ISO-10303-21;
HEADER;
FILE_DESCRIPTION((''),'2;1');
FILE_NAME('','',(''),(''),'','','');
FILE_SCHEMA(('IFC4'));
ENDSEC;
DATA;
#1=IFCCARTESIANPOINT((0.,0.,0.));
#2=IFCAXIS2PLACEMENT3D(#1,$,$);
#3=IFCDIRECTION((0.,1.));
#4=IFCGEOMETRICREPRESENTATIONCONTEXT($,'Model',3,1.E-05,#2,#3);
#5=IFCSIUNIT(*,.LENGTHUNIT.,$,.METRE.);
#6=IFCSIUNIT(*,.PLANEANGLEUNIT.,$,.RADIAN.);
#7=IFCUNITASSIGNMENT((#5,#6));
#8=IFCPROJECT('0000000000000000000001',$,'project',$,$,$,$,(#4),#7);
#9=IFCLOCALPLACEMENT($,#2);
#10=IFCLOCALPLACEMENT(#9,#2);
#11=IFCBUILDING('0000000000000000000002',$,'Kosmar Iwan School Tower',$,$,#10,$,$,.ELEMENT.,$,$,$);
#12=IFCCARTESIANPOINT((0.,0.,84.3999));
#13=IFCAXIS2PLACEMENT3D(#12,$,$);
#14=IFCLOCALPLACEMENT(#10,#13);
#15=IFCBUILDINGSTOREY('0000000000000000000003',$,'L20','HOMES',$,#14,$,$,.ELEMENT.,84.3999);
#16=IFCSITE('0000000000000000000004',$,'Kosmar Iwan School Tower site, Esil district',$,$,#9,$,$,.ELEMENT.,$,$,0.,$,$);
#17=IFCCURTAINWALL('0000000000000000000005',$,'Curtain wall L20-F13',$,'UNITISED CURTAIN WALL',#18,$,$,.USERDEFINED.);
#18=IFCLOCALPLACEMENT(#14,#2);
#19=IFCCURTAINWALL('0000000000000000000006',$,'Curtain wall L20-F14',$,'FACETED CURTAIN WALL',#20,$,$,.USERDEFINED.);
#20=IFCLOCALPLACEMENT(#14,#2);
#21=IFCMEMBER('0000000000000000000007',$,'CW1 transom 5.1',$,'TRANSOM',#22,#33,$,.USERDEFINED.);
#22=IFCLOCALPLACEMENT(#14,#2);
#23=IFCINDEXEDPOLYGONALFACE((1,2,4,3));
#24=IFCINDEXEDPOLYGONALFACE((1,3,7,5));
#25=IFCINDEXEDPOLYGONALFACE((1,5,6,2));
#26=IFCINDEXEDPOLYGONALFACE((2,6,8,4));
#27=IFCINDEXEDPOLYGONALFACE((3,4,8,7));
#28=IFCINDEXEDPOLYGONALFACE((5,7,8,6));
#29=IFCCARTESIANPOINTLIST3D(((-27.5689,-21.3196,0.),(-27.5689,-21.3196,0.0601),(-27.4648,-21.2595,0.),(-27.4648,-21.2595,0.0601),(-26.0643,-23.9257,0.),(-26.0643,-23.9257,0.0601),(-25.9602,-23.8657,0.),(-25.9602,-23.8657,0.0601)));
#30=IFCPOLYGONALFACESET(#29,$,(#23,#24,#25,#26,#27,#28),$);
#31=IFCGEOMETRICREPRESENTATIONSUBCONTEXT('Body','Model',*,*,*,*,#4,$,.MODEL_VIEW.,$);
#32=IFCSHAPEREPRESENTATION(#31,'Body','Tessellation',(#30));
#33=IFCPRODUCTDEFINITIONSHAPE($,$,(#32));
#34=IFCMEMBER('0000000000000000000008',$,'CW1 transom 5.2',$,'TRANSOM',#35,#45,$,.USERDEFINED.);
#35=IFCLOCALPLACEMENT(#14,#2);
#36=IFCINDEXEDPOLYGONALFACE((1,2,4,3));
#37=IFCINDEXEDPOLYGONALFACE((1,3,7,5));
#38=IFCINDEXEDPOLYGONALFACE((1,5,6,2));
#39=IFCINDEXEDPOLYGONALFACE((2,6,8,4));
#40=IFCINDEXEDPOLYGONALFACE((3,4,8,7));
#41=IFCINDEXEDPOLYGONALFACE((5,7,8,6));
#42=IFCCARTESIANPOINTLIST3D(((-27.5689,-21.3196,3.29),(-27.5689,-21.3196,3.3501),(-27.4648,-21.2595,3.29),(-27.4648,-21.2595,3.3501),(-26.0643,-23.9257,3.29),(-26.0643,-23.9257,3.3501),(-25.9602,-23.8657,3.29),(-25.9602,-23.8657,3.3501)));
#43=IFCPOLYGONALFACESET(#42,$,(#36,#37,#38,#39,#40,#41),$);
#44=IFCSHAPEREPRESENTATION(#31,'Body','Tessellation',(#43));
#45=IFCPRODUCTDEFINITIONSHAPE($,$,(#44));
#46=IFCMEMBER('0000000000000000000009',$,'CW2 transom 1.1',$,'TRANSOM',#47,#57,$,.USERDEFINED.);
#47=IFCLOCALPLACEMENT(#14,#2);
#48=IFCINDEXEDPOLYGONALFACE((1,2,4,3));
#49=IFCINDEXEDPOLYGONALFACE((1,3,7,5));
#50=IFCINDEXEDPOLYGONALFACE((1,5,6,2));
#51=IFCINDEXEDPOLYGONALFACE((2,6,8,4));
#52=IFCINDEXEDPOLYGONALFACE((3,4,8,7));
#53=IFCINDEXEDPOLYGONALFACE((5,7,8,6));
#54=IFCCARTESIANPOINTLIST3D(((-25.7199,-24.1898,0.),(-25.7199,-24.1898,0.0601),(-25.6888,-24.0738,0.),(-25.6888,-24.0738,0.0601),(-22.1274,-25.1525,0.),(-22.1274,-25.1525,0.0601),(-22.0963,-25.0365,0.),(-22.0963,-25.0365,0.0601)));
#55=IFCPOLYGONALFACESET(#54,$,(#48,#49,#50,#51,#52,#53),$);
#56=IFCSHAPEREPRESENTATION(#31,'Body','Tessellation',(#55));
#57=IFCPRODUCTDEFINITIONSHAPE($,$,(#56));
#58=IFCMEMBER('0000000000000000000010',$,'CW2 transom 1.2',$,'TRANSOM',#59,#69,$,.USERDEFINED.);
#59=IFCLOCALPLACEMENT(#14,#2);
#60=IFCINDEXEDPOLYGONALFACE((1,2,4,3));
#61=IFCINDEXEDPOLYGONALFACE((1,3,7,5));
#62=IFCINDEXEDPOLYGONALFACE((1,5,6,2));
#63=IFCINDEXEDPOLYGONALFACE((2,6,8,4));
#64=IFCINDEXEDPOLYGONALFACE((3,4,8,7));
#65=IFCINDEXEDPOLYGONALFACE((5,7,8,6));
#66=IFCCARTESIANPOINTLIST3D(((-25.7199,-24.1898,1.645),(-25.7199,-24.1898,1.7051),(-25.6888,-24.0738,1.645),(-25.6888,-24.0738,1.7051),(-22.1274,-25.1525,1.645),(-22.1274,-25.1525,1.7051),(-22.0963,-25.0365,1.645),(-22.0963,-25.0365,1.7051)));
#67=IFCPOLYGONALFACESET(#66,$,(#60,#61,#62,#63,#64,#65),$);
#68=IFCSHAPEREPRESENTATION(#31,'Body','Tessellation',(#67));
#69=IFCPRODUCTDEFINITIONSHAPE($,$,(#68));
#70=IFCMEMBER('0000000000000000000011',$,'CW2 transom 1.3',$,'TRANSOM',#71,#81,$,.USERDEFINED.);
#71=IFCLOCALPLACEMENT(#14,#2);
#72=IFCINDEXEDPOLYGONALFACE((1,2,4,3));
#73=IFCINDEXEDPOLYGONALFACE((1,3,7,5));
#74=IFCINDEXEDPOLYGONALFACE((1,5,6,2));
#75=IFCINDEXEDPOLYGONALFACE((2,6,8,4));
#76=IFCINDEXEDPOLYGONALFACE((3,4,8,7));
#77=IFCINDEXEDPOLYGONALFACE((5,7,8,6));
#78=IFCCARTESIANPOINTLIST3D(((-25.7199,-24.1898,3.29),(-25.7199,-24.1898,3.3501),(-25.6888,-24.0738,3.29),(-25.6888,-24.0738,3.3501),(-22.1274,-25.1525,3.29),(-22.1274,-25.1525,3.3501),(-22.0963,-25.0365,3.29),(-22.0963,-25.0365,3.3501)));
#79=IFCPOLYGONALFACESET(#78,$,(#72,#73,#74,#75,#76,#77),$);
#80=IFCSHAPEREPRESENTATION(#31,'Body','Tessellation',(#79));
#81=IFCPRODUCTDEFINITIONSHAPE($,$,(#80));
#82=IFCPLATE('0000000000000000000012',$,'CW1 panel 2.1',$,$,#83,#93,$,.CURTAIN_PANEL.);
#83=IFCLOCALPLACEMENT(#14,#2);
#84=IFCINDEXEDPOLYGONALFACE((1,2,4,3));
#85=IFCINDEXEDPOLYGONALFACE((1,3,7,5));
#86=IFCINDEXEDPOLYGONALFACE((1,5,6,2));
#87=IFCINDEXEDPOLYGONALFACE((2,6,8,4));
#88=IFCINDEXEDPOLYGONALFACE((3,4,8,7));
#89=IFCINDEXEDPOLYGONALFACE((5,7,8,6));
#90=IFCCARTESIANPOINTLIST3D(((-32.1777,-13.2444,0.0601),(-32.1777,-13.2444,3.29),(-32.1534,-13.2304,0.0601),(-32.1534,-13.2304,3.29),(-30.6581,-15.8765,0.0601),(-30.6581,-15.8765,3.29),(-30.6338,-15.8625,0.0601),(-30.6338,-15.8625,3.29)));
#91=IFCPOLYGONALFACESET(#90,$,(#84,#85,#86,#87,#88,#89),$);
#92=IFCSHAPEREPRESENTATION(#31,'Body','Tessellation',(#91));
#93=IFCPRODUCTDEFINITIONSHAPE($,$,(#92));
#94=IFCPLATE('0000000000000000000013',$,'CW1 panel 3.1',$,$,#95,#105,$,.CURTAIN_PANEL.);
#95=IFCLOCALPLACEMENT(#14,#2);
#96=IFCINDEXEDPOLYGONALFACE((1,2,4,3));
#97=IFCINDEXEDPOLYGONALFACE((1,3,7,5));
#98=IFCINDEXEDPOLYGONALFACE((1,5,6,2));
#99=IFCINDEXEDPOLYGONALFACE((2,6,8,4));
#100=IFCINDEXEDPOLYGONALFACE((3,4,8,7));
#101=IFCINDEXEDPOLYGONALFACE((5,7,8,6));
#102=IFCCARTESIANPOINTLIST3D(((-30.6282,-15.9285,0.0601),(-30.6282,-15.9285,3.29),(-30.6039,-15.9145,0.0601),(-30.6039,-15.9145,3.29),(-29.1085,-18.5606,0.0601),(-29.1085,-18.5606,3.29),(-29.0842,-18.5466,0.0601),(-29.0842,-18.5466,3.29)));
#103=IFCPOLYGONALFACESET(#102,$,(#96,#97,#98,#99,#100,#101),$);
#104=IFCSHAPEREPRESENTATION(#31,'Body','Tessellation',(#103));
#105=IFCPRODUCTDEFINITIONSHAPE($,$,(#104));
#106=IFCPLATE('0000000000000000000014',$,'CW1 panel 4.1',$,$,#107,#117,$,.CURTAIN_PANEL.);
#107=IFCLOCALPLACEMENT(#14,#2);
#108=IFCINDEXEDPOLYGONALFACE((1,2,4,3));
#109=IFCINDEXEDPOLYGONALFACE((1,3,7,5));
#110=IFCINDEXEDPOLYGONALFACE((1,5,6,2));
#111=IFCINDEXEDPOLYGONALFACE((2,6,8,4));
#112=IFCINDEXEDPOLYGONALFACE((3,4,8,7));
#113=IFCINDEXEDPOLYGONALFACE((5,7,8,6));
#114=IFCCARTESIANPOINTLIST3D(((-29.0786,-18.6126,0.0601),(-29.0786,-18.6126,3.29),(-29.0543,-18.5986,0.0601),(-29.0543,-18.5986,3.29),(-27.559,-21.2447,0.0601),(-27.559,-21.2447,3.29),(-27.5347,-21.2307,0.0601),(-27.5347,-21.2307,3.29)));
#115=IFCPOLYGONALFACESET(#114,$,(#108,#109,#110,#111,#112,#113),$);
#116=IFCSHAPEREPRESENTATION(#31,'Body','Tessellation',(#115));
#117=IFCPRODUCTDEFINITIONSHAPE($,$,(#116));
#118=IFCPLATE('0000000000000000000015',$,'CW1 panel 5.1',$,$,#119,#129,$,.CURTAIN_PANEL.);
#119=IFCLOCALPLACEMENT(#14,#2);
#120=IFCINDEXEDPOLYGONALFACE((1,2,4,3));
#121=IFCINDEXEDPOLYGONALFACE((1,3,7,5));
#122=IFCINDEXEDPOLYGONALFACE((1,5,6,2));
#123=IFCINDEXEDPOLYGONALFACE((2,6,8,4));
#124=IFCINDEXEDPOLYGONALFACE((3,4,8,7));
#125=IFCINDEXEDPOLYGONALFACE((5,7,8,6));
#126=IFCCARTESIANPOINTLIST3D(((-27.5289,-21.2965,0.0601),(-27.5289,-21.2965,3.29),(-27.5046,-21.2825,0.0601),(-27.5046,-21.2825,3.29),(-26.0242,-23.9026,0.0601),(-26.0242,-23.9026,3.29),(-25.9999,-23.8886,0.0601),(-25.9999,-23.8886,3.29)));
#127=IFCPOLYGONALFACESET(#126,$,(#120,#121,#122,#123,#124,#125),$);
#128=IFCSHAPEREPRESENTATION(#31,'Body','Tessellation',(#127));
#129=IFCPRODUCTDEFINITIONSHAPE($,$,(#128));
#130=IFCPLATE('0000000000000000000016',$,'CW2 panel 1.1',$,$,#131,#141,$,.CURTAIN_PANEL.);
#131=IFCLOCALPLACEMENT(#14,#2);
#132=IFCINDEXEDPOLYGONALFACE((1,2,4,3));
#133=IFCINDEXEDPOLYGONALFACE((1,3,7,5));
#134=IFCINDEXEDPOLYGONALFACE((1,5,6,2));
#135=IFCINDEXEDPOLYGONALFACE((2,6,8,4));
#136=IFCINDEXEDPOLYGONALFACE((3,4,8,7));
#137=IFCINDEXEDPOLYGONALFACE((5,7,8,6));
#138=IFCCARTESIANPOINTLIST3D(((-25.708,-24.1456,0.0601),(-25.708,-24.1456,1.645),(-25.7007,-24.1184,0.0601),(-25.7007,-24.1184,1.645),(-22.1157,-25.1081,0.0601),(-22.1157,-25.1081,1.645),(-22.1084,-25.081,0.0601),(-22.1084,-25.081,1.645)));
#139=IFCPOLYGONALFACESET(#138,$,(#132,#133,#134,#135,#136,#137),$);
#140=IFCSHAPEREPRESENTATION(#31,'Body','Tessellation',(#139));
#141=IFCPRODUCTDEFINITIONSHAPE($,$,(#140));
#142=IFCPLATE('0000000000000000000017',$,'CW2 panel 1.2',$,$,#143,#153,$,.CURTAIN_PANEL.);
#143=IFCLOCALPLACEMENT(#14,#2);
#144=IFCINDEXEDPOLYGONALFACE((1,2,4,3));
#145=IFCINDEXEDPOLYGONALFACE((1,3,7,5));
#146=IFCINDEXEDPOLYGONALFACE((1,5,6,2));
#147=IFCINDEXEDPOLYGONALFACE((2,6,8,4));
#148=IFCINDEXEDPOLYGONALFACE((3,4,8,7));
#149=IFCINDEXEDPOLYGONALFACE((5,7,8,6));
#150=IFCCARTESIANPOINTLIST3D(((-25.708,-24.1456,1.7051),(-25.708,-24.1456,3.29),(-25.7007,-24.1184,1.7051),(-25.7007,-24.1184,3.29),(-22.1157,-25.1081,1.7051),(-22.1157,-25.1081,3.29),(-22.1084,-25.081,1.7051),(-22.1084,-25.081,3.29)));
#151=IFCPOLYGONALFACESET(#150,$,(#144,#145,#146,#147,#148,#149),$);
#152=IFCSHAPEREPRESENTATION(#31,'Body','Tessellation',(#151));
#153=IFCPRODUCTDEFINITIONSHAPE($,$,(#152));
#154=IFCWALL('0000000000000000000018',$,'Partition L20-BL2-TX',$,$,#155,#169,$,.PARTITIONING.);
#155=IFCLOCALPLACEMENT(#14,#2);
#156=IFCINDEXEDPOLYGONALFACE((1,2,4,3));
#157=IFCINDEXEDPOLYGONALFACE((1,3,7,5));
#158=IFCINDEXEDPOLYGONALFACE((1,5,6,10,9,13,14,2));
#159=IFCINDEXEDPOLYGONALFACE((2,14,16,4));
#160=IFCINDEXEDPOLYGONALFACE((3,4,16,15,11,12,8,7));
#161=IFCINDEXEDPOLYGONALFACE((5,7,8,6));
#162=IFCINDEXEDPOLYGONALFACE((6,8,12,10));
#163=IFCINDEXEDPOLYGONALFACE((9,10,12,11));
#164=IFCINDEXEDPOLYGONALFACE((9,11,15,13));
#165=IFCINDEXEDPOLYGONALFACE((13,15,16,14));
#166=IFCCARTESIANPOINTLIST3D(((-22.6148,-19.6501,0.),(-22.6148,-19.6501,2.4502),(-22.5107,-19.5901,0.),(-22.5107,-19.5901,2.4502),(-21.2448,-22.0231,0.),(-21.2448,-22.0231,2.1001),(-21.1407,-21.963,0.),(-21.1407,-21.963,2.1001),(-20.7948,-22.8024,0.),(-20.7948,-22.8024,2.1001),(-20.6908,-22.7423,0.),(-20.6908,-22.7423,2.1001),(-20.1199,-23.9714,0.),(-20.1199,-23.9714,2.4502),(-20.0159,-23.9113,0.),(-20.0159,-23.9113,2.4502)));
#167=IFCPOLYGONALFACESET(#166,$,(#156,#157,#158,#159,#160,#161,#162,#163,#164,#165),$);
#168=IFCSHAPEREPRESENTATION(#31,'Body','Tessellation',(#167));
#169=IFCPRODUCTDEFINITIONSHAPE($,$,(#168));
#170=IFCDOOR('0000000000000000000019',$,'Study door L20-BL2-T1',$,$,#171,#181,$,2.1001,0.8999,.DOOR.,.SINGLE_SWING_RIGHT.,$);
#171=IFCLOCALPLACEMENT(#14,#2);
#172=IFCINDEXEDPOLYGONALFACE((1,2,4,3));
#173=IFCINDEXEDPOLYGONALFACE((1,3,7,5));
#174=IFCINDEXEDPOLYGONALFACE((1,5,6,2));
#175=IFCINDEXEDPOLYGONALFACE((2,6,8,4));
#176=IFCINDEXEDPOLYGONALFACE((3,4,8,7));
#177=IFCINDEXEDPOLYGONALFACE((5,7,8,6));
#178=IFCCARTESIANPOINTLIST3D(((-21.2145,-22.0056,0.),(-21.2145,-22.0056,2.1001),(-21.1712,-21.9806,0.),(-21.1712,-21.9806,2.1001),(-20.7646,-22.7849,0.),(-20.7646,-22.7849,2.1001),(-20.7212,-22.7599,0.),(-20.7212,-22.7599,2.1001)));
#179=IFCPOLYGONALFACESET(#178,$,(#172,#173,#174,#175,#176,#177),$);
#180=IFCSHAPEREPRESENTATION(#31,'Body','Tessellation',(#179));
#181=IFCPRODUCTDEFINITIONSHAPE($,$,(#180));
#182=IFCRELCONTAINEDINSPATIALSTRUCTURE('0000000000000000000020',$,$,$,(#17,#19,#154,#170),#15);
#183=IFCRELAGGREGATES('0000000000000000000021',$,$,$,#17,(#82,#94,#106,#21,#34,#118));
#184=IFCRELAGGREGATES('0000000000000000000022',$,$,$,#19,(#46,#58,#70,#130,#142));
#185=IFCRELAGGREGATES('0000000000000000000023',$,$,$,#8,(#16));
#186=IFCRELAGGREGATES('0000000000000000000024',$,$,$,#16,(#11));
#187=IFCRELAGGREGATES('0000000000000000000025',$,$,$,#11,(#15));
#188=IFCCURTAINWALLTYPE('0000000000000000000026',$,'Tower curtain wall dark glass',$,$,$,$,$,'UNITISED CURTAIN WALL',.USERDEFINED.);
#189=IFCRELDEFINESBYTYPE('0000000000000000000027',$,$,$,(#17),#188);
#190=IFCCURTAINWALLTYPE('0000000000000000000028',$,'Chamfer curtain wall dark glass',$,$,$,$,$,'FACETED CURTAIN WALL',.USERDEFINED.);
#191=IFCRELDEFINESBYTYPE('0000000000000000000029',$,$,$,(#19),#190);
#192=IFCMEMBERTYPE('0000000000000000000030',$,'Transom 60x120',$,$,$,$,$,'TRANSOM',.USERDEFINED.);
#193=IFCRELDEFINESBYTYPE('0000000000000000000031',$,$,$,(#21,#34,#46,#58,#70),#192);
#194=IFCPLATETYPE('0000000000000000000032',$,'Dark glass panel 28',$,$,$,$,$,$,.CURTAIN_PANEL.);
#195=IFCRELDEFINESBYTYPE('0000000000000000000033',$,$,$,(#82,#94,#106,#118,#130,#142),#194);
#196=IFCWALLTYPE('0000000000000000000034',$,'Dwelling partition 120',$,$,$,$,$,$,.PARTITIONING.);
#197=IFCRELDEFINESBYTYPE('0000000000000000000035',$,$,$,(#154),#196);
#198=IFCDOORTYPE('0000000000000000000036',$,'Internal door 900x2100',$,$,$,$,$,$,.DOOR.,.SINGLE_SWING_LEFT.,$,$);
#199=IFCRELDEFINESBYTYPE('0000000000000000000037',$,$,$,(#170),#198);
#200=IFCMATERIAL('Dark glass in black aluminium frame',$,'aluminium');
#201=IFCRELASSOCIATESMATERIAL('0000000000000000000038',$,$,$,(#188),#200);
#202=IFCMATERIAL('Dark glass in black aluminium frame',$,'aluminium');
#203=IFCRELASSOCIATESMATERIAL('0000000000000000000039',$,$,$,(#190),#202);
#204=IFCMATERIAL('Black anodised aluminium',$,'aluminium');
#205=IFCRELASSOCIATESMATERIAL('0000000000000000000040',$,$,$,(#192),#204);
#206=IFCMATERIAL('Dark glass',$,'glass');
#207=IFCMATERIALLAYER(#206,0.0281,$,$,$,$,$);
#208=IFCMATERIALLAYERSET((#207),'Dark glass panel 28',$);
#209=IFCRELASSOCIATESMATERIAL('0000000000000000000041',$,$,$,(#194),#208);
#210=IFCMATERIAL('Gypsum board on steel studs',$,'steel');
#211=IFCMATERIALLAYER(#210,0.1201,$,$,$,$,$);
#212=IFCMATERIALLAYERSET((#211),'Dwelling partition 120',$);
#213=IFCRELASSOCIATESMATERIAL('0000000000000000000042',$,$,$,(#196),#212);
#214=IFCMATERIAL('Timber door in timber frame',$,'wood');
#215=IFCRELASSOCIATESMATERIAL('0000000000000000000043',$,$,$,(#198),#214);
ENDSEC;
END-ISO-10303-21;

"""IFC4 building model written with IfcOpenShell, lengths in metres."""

from ifc_helpers import new_model, si_unit, direction, frame, frame_2d, origin, origin_2d, place, context, subcontext, project, spatial, rectangle, extrude, material, layer, layer_set, material_profile, profile_set, type_object, element, fill, aggregate, save


model = new_model("IFC4")

# Units and contexts
model_context = context("Model", 3, precision=1e-05, world=origin(), true_north=direction((0.0, 1.0)))
body_context = subcontext(model_context, "Body", "Model", "MODEL_VIEW")
ifc_project = project(units=[si_unit("LENGTHUNIT", "METRE"), si_unit("PLANEANGLEUNIT", "RADIAN")], contexts=[model_context])

# Site, building, storey
site_placement = place(None, origin())
site = spatial("IfcSite", under=ifc_project, at=site_placement, Name="Kosmar Iwan School Tower site, Esil district", CompositionType="ELEMENT", RefElevation=0.0)
building_placement = place(site_placement, origin())
building = spatial("IfcBuilding", under=site, at=building_placement, Name="Kosmar Iwan School Tower", CompositionType="ELEMENT")
storey_placement = place(building_placement, frame((0.0, 0.0, 84.3999)))
storey = spatial("IfcBuildingStorey", under=building, at=storey_placement, Name="L20", Description="HOMES", CompositionType="ELEMENT", Elevation=84.3999)

# Curtain wall
ifc_material_1 = material(Name="Dark glass in black aluminium frame", Category="aluminium")
curtain_wall_type_1 = type_object("IfcCurtainWallType", Name="Tower curtain wall dark glass", ElementType="UNITISED CURTAIN WALL", PredefinedType="USERDEFINED", material=ifc_material_1)
curtain_wall_1_placement = place(storey_placement, origin())
curtain_wall_1 = element("IfcCurtainWall", 1, at=curtain_wall_1_placement, inside=storey, type_object=curtain_wall_type_1, Name="Curtain wall L20-F13", ObjectType="UNITISED CURTAIN WALL", PredefinedType="USERDEFINED")

# Curtain wall
ifc_material_2 = material(Name="Dark glass in black aluminium frame", Category="aluminium")
curtain_wall_type_2 = type_object("IfcCurtainWallType", Name="Chamfer curtain wall dark glass", ElementType="FACETED CURTAIN WALL", PredefinedType="USERDEFINED", material=ifc_material_2)
curtain_wall_2_placement = place(storey_placement, origin())
curtain_wall_2 = element("IfcCurtainWall", 2, at=curtain_wall_2_placement, inside=storey, type_object=curtain_wall_type_2, Name="Curtain wall L20-F14", ObjectType="FACETED CURTAIN WALL", PredefinedType="USERDEFINED")

# Members
ifc_material_3 = material(Name="Black anodised aluminium", Category="aluminium")
ifc_material_profile_1 = material_profile(ifc_material_3, rectangle(XDim=0.1201, YDim=0.0601, at=origin_2d()), Name="TRANSOM 60x120")
ifc_profile_set_1 = profile_set([ifc_material_profile_1], Name="Black anodised aluminium")
member_type_1 = type_object("IfcMemberType", Name="Transom 60x120", ElementType="TRANSOM", PredefinedType="USERDEFINED", material=ifc_profile_set_1)
member_1_placement = place(storey_placement, frame((-27.5168, -21.2896, 0.03), z_axis=(0.499987, -0.866033, 0.0), x_axis=(0.866033, 0.499987, 0.0)))
member_1 = element("IfcMember", 3, at=member_1_placement, type_object=member_type_1, Name="CW1 transom 5.1", ObjectType="TRANSOM", PredefinedType="USERDEFINED", context=body_context, shape_type="SweptSolid", body=[
    extrude(rectangle(XDim=0.1201, YDim=0.0601, at=origin_2d()), origin(), (0.0, 0.0, 1.0), 3.0093),
])
member_2_placement = place(storey_placement, frame((-27.5168, -21.2896, 3.3201), z_axis=(0.499987, -0.866033, 0.0), x_axis=(0.866033, 0.499987, 0.0)))
member_2 = element("IfcMember", 4, at=member_2_placement, type_object=member_type_1, Name="CW1 transom 5.2", ObjectType="TRANSOM", PredefinedType="USERDEFINED", context=body_context, shape_type="SweptSolid", body=[
    extrude(rectangle(XDim=0.1201, YDim=0.0601, at=origin_2d()), origin(), (0.0, 0.0, 1.0), 3.0093),
])
member_3_placement = place(storey_placement, frame((-25.7043, -24.1318, 0.03), z_axis=(0.965924, -0.258827, 0.0), x_axis=(0.258827, 0.965924, 0.0)))
member_3 = element("IfcMember", 5, at=member_3_placement, type_object=member_type_1, Name="CW2 transom 1.1", ObjectType="TRANSOM", PredefinedType="USERDEFINED", context=body_context, shape_type="SweptSolid", body=[
    extrude(rectangle(XDim=0.1201, YDim=0.0601, at=origin_2d()), origin(), (0.0, 0.0, 1.0), 3.7192),
])
member_4_placement = place(storey_placement, frame((-25.7043, -24.1318, 1.675), z_axis=(0.965924, -0.258827, 0.0), x_axis=(0.258827, 0.965924, 0.0)))
member_4 = element("IfcMember", 6, at=member_4_placement, type_object=member_type_1, Name="CW2 transom 1.2", ObjectType="TRANSOM", PredefinedType="USERDEFINED", context=body_context, shape_type="SweptSolid", body=[
    extrude(rectangle(XDim=0.1201, YDim=0.0601, at=origin_2d()), origin(), (0.0, 0.0, 1.0), 3.7192),
])
member_5_placement = place(storey_placement, frame((-25.7043, -24.1318, 3.3201), z_axis=(0.965924, -0.258827, 0.0), x_axis=(0.258827, 0.965924, 0.0)))
member_5 = element("IfcMember", 7, at=member_5_placement, type_object=member_type_1, Name="CW2 transom 1.3", ObjectType="TRANSOM", PredefinedType="USERDEFINED", context=body_context, shape_type="SweptSolid", body=[
    extrude(rectangle(XDim=0.1201, YDim=0.0601, at=origin_2d()), origin(), (0.0, 0.0, 1.0), 3.7192),
])

# Plates
ifc_material_4 = material(Name="Dark glass", Category="glass")
ifc_layer_1 = layer(ifc_material_4, 0.0281)
ifc_layer_set_1 = layer_set([ifc_layer_1], Name="Dark glass panel 28")
plate_type = type_object("IfcPlateType", Name="Dark glass panel 28", PredefinedType="CURTAIN_PANEL", material=ifc_layer_set_1)
plate_1_placement = place(storey_placement, frame((-31.4058, -14.5535, 0.0601), z_axis=(0.0, 0.0, 1.0), x_axis=(0.5, -0.866025, 0.0)))
plate_1 = element("IfcPlate", 8, at=plate_1_placement, type_object=plate_type, Name="CW1 panel 2.1", PredefinedType="CURTAIN_PANEL", context=body_context, shape_type="SweptSolid", body=[
    extrude(rectangle(XDim=3.0393, YDim=0.0281, at=origin_2d()), origin(), (0.0, 0.0, 1.0), 3.23),
])
plate_2_placement = place(storey_placement, frame((-29.8562, -17.2375, 0.0601), z_axis=(0.0, 0.0, 1.0), x_axis=(0.5, -0.866025, 0.0)))
plate_2 = element("IfcPlate", 9, at=plate_2_placement, type_object=plate_type, Name="CW1 panel 3.1", PredefinedType="CURTAIN_PANEL", context=body_context, shape_type="SweptSolid", body=[
    extrude(rectangle(XDim=3.0393, YDim=0.0281, at=origin_2d()), origin(), (0.0, 0.0, 1.0), 3.23),
])
plate_3_placement = place(storey_placement, frame((-28.3066, -19.9216, 0.0601), z_axis=(0.0, 0.0, 1.0), x_axis=(0.5, -0.866025, 0.0)))
plate_3 = element("IfcPlate", 10, at=plate_3_placement, type_object=plate_type, Name="CW1 panel 4.1", PredefinedType="CURTAIN_PANEL", context=body_context, shape_type="SweptSolid", body=[
    extrude(rectangle(XDim=3.0393, YDim=0.0281, at=origin_2d()), origin(), (0.0, 0.0, 1.0), 3.23),
])
plate_4_placement = place(storey_placement, frame((-26.7644, -22.5925, 0.0601), z_axis=(0.0, 0.0, 1.0), x_axis=(0.5, -0.866025, 0.0)))
plate_4 = element("IfcPlate", 11, at=plate_4_placement, type_object=plate_type, Name="CW1 panel 5.1", PredefinedType="CURTAIN_PANEL", context=body_context, shape_type="SweptSolid", body=[
    extrude(rectangle(XDim=3.0093, YDim=0.0281, at=origin_2d()), origin(), (0.0, 0.0, 1.0), 3.23),
])
aggregate(curtain_wall_1, [plate_1, plate_2, plate_3, member_1, member_2, plate_4])
plate_5_placement = place(storey_placement, frame((-23.9082, -24.6133, 0.0601), z_axis=(0.0, 0.0, 1.0), x_axis=(0.965926, -0.258819, 0.0)))
plate_5 = element("IfcPlate", 12, at=plate_5_placement, type_object=plate_type, Name="CW2 panel 1.1", PredefinedType="CURTAIN_PANEL", context=body_context, shape_type="SweptSolid", body=[
    extrude(rectangle(XDim=3.719, YDim=0.0281, at=origin_2d()), origin(), (0.0, 0.0, 1.0), 1.585),
])
plate_6_placement = place(storey_placement, frame((-23.9082, -24.6133, 1.7051), z_axis=(0.0, 0.0, 1.0), x_axis=(0.965926, -0.258819, 0.0)))
plate_6 = element("IfcPlate", 13, at=plate_6_placement, type_object=plate_type, Name="CW2 panel 1.2", PredefinedType="CURTAIN_PANEL", context=body_context, shape_type="SweptSolid", body=[
    extrude(rectangle(XDim=3.719, YDim=0.0281, at=origin_2d()), origin(), (0.0, 0.0, 1.0), 1.585),
])
aggregate(curtain_wall_2, [member_3, member_4, member_5, plate_5, plate_6])

# Wall, opening, door
ifc_material_5 = material(Name="Gypsum board on steel studs", Category="steel")
ifc_layer_2 = layer(ifc_material_5, 0.1201)
ifc_layer_set_2 = layer_set([ifc_layer_2], Name="Dwelling partition 120")
wall_type_1 = type_object("IfcWallType", Name="Dwelling partition 120", PredefinedType="PARTITIONING", material=ifc_layer_set_2)
wall_1_placement = place(storey_placement, frame((-22.5627, -19.6201, 0.0), z_axis=(0.0, 0.0, 1.0), x_axis=(0.499996, -0.866028, 0.0)))
wall_1 = element("IfcWall", 14, at=wall_1_placement, inside=storey, type_object=wall_type_1, Name="Partition L20-BL2-TX", PredefinedType="PARTITIONING", context=body_context, shape_type="SweptSolid", body=[
    extrude(rectangle(XDim=4.9897, YDim=0.1201, at=frame_2d((2.4949, 0.0))), origin(), (0.0, 0.0, 1.0), 2.4502),
])
opening_1_placement = place(wall_1_placement, frame((2.74, 0.0, 0.0)))
opening_1 = element("IfcOpeningElement", 15, at=opening_1_placement, cuts=wall_1, PredefinedType="OPENING", context=body_context, shape_type="SweptSolid", body=[
    extrude(rectangle(XDim=0.8999, YDim=2.1001, at=frame_2d((0.45, 1.05))), frame((0.0, 0.072, 0.0), z_axis=(0.0, -1.0, 0.0), x_axis=(1.0, 0.0, 0.0)), (0.0, 0.0, 1.0), 0.144),
])
ifc_material_6 = material(Name="Timber door in timber frame", Category="wood")
door_type_1 = type_object("IfcDoorType", Name="Internal door 900x2100", OperationType="SINGLE_SWING_LEFT", PredefinedType="DOOR", material=ifc_material_6)
door_1_placement = place(opening_1_placement, origin())
door_1 = element("IfcDoor", 16, at=door_1_placement, inside=storey, type_object=door_type_1, Name="Study door L20-BL2-T1", OperationType="SINGLE_SWING_RIGHT", OverallHeight=2.1001, OverallWidth=0.8999, PredefinedType="DOOR", context=body_context, shape_type="SweptSolid", body=[
    extrude(rectangle(XDim=0.8999, YDim=2.1001, at=frame_2d((0.45, 1.05))), frame((0.0, 0.0249, 0.0), z_axis=(0.0, -1.0, 0.0), x_axis=(1.0, 0.0, 0.0)), (0.0, 0.0, 1.0), 0.05),
])
fill(opening_1, door_1)

save(model, "model.ifc")
